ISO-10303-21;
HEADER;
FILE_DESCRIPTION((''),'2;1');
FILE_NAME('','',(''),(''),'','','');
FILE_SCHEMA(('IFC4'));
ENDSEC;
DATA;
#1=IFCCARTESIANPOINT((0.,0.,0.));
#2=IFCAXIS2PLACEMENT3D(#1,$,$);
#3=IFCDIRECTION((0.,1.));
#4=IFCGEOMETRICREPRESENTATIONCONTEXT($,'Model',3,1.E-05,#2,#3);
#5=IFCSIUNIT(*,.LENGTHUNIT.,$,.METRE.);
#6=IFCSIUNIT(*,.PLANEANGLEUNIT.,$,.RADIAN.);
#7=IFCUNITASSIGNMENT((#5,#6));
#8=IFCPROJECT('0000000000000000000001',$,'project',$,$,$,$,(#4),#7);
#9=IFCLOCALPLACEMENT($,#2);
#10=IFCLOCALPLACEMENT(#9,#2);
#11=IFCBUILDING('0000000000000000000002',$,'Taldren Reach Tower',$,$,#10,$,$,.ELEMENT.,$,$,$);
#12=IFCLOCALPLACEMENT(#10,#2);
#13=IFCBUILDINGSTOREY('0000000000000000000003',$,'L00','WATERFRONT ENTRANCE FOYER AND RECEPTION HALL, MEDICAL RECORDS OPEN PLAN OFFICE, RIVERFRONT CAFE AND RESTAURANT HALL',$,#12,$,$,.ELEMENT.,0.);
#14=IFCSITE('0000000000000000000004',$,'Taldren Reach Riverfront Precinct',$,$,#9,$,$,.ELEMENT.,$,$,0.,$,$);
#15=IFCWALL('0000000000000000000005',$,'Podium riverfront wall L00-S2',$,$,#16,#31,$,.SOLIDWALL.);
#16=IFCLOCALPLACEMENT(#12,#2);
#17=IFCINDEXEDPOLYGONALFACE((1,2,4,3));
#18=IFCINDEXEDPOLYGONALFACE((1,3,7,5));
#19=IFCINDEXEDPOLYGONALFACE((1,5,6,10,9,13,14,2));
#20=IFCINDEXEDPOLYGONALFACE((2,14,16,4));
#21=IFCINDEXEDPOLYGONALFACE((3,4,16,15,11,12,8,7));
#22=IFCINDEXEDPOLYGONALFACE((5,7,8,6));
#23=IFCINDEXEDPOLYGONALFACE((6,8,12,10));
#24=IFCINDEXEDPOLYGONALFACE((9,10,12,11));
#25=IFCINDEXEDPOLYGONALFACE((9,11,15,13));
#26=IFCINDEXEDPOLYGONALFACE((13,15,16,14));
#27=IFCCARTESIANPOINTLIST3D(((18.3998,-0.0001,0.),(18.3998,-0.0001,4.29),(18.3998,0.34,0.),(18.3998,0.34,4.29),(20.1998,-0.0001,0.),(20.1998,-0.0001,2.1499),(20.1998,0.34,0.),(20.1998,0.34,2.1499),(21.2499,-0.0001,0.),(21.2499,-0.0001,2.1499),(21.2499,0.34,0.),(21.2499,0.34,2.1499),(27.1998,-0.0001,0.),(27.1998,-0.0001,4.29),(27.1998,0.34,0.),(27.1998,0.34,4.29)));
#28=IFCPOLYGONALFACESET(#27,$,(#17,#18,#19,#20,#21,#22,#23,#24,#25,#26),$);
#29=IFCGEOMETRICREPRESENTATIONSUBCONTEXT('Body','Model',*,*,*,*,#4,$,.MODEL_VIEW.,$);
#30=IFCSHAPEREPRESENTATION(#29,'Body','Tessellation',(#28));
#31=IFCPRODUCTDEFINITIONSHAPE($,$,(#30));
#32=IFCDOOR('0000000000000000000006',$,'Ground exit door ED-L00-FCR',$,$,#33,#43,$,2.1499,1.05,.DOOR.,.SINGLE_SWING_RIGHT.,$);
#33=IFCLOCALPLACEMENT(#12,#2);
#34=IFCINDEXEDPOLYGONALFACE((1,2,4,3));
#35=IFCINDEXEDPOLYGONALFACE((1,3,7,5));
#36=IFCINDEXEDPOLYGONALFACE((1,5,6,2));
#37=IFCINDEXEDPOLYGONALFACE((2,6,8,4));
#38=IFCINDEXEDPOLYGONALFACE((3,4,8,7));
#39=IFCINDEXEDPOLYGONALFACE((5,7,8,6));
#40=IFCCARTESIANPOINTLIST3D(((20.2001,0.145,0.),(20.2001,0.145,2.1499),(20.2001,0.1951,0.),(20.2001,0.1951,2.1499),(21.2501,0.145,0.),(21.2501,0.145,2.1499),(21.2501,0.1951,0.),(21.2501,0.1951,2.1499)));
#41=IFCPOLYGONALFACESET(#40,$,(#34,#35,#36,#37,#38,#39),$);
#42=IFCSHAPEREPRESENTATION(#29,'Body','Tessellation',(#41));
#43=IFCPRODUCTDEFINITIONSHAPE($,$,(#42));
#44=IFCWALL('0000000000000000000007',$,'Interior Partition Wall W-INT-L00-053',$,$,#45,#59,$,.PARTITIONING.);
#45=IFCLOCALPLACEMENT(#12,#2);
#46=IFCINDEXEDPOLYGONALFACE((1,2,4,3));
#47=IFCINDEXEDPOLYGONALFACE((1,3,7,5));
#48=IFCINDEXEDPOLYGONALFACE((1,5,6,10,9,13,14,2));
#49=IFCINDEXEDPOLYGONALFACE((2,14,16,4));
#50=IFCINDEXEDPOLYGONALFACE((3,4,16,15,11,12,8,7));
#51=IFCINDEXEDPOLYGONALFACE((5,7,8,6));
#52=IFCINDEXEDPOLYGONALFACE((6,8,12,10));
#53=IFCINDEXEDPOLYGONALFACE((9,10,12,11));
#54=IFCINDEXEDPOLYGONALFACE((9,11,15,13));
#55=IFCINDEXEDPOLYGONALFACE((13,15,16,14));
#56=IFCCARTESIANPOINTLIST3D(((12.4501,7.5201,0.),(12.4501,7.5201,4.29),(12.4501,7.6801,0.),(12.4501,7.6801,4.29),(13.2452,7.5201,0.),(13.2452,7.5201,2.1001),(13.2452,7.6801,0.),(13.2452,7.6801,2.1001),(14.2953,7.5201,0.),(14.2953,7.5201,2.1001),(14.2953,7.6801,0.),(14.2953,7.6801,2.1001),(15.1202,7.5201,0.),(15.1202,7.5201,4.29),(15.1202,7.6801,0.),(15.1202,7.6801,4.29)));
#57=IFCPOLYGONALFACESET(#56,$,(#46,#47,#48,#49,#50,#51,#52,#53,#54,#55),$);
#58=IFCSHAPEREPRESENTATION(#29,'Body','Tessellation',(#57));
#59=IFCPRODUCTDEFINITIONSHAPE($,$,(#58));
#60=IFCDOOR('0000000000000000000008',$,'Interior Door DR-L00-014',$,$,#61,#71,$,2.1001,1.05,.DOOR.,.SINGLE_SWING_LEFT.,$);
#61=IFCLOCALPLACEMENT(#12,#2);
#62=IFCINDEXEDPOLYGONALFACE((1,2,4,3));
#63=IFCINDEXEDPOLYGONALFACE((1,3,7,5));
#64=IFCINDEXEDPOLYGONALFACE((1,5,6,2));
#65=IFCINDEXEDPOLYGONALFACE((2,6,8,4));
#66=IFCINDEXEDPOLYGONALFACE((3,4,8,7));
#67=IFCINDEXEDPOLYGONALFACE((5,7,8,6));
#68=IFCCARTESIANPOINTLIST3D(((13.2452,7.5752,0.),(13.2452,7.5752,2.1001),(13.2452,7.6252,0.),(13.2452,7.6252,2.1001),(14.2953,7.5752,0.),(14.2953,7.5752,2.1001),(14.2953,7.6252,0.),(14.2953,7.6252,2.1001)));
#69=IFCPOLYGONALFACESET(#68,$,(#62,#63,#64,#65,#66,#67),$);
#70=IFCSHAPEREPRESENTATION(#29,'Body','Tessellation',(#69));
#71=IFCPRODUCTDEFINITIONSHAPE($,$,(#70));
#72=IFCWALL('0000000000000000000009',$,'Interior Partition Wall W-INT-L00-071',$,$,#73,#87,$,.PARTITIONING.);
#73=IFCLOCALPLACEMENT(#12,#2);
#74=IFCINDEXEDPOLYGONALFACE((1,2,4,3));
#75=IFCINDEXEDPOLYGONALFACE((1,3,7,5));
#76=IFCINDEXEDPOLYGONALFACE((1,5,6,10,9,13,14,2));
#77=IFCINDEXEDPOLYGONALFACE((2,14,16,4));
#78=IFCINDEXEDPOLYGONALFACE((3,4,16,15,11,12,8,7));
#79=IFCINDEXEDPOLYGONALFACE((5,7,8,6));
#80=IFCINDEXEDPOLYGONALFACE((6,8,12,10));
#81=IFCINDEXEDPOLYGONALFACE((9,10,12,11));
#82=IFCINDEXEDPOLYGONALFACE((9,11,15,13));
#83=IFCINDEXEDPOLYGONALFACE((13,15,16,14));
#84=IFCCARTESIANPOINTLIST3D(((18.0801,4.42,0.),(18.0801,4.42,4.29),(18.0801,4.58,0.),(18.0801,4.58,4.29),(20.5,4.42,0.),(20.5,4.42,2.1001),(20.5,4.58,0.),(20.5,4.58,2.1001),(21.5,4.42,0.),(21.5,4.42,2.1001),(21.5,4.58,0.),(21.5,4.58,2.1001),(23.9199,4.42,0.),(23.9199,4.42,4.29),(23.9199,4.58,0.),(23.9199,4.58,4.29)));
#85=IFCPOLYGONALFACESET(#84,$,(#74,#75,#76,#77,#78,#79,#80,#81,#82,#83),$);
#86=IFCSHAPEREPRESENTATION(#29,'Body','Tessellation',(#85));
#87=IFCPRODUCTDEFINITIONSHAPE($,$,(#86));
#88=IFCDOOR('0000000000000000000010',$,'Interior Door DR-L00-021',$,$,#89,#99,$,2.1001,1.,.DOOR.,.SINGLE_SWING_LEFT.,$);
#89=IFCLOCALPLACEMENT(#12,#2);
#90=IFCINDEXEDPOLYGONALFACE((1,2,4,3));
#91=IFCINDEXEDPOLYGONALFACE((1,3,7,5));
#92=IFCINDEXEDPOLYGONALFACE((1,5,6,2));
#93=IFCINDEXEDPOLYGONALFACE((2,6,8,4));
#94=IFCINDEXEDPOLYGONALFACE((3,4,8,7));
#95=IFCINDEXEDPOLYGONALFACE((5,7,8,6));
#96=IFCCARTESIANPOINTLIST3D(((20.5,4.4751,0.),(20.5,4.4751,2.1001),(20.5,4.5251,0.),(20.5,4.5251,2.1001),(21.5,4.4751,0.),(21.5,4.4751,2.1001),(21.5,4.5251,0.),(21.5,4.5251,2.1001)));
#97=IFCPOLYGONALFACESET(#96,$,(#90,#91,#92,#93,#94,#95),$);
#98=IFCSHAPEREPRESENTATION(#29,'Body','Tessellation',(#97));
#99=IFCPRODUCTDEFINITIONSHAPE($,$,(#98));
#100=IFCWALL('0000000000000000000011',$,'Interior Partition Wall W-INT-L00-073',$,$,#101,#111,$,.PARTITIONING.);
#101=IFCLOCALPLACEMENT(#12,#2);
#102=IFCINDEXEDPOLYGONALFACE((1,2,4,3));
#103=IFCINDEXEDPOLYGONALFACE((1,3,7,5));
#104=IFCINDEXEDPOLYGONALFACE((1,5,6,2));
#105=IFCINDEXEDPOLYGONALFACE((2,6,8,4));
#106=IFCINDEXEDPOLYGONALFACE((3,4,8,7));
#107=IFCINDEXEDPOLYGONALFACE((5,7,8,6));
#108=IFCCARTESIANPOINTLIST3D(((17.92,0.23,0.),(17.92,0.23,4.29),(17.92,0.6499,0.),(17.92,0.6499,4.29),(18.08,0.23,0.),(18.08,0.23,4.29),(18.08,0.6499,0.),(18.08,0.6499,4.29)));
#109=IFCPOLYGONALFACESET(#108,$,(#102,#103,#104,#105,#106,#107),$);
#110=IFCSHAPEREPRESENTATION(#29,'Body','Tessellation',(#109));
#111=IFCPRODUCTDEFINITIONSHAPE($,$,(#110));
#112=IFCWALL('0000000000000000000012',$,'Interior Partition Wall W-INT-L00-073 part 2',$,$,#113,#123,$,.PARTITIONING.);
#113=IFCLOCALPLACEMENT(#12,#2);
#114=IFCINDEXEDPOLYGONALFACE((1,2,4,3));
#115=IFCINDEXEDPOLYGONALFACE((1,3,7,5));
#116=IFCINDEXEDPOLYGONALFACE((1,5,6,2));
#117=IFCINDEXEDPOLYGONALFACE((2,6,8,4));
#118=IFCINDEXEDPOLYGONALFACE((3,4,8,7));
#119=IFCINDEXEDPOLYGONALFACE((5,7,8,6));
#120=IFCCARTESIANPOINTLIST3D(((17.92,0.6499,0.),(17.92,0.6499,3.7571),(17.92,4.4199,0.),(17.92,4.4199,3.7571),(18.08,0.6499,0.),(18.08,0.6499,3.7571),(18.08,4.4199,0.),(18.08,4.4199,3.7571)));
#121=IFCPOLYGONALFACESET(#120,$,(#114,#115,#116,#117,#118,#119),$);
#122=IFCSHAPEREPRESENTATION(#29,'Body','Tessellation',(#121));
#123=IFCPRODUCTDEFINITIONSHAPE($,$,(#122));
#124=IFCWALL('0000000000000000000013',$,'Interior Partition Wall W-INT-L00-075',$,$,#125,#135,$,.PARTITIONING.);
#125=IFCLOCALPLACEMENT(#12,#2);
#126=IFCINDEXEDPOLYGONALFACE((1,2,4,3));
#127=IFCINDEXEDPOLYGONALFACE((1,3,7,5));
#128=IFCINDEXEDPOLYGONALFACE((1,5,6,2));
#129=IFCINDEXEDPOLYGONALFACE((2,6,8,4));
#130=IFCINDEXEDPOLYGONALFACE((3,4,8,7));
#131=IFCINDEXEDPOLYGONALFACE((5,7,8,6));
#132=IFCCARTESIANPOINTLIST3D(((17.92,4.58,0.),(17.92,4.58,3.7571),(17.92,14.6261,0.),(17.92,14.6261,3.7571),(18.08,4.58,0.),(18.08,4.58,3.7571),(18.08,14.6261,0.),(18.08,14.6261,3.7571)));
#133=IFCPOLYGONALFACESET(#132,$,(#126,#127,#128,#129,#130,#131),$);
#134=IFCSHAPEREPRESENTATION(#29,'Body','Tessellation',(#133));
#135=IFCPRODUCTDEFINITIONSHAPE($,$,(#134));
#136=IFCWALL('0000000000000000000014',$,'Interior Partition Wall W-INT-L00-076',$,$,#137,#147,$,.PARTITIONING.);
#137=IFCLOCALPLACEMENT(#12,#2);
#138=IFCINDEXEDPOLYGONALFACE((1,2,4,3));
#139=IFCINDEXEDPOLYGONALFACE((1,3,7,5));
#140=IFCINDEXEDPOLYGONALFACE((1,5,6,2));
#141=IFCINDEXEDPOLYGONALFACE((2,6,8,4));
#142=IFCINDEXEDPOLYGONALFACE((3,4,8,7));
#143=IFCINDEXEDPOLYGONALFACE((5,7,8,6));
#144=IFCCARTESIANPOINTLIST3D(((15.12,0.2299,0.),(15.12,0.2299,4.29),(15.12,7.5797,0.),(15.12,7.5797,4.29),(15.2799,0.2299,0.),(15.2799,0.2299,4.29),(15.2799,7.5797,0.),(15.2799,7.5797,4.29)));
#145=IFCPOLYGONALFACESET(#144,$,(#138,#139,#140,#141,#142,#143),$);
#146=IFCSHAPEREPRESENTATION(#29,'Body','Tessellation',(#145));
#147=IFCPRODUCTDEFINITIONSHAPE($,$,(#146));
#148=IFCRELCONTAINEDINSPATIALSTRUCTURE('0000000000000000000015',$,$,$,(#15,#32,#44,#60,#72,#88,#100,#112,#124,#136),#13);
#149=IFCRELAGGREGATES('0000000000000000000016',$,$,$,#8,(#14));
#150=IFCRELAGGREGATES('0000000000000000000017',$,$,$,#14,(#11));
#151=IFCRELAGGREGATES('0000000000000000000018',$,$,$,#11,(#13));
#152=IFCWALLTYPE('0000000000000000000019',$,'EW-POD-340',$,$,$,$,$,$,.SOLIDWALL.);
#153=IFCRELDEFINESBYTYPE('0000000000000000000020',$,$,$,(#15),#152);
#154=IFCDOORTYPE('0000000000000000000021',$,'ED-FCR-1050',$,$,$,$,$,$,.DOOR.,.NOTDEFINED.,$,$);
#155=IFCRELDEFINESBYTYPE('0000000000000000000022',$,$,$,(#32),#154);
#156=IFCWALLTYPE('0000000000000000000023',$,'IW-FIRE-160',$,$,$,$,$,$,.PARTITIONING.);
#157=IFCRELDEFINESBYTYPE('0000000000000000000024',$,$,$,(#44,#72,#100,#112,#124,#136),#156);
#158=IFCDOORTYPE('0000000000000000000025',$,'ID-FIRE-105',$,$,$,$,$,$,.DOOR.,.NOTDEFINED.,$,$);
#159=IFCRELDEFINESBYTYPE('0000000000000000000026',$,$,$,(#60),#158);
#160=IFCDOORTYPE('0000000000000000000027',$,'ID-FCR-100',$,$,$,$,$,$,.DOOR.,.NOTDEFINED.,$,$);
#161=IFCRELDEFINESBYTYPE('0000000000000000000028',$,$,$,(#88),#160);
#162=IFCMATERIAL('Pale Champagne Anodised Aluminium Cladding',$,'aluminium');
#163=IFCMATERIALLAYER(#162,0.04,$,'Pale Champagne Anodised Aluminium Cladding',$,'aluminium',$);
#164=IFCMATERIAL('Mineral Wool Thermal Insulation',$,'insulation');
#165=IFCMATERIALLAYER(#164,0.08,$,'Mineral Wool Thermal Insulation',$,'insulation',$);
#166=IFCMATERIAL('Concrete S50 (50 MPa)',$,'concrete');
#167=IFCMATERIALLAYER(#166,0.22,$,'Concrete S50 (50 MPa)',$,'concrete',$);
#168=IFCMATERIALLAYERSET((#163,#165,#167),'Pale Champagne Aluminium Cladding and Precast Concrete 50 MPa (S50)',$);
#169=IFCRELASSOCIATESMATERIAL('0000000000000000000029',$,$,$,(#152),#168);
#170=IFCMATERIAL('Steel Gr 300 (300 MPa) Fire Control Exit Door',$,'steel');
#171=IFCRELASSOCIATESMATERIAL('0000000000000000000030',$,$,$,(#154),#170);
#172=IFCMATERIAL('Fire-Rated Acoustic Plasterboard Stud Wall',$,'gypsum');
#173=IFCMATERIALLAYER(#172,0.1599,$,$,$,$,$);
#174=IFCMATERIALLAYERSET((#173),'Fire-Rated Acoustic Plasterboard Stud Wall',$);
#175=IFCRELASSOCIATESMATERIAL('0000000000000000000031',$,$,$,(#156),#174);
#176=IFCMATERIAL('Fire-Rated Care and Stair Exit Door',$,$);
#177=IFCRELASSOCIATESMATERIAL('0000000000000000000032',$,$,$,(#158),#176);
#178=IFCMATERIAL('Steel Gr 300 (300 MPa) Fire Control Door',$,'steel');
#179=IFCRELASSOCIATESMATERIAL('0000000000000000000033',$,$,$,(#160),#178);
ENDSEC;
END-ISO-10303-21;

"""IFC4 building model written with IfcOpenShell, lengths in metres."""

from ifc_helpers import new_model, si_unit, direction, frame, frame_2d, origin, place, context, subcontext, project, spatial, rectangle, extrude, source, transform, mapped, material, layer, layer_set, type_object, element, fill, save


model = new_model("IFC4")

# Units and contexts
model_context = context("Model", 3, precision=1e-05, world=origin(), true_north=direction((0.0, 1.0)))
body_context = subcontext(model_context, "Body", "Model", "MODEL_VIEW")
ifc_project = project(units=[si_unit("LENGTHUNIT", "METRE"), si_unit("PLANEANGLEUNIT", "RADIAN")], contexts=[model_context])

# Site, building, storey
site_placement = place(None, origin())
site = spatial("IfcSite", under=ifc_project, at=site_placement, Name="Taldren Reach Riverfront Precinct", CompositionType="ELEMENT", RefElevation=0.0)
building_placement = place(site_placement, origin())
building = spatial("IfcBuilding", under=site, at=building_placement, Name="Taldren Reach Tower", CompositionType="ELEMENT")
storey_placement = place(building_placement, origin())
storey = spatial("IfcBuildingStorey", under=building, at=storey_placement, Name="L00", Description="WATERFRONT ENTRANCE FOYER AND RECEPTION HALL, MEDICAL RECORDS OPEN PLAN OFFICE, RIVERFRONT CAFE AND RESTAURANT HALL", CompositionType="ELEMENT", Elevation=0.0)

# Shared definitions
ifc_material_1 = material(Name="Concrete S50 (50 MPa)", Category="concrete")

# Walls, openings, doors
ifc_material_2 = material(Name="Pale Champagne Anodised Aluminium Cladding", Category="aluminium")
ifc_layer_1 = layer(ifc_material_2, 0.04, Name="Pale Champagne Anodised Aluminium Cladding", Category="aluminium")
ifc_material_3 = material(Name="Mineral Wool Thermal Insulation", Category="insulation")
ifc_layer_2 = layer(ifc_material_3, 0.08, Name="Mineral Wool Thermal Insulation", Category="insulation")
ifc_layer_3 = layer(ifc_material_1, 0.22, Name="Concrete S50 (50 MPa)", Category="concrete")
ifc_layer_set_1 = layer_set([ifc_layer_1, ifc_layer_2, ifc_layer_3], Name="Pale Champagne Aluminium Cladding and Precast Concrete 50 MPa (S50)")
wall_type_1 = type_object("IfcWallType", Name="EW-POD-340", PredefinedType="SOLIDWALL", material=ifc_layer_set_1)
shared_shape_1 = source(origin(), body_context, "Body", "SweptSolid", [
    extrude(rectangle(XDim=8.8, YDim=0.3401, at=frame_2d((4.3999, 0.0))), origin(), (0.0, 0.0, 1.0), 4.29),
])
wall_1_placement = place(storey_placement, frame((18.3999, 0.1699, 0.0), z_axis=(0.0, 0.0, 1.0), x_axis=(1.0, 0.0, 0.0)))
wall_1 = element("IfcWall", 1, at=wall_1_placement, inside=storey, type_object=wall_type_1, Name="Podium riverfront wall L00-S2", PredefinedType="SOLIDWALL", context=body_context, shape_type="MappedRepresentation", body=[
    mapped(shared_shape_1, transform((0.0, 0.0, 0.0), scale=1.0)),
])
shared_shape_2 = source(origin(), body_context, "Body", "SweptSolid", [
    extrude(rectangle(XDim=1.05, YDim=2.1499, at=frame_2d((0.5249, 1.075))), frame((0.0, 0.1802, 0.0), z_axis=(0.0, -1.0, 0.0), x_axis=(1.0, 0.0, 0.0)), (0.0, 0.0, 1.0), 0.3601),
])
opening_1_placement = place(wall_1_placement, frame((1.8, 0.0, 0.0)))
opening_1 = element("IfcOpeningElement", 2, at=opening_1_placement, cuts=wall_1, PredefinedType="OPENING", context=body_context, shape_type="MappedRepresentation", body=[
    mapped(shared_shape_2, transform((0.0, 0.0, 0.0), scale=1.0)),
])
ifc_material_4 = material(Name="Steel Gr 300 (300 MPa) Fire Control Exit Door", Category="steel")
door_type_1 = type_object("IfcDoorType", Name="ED-FCR-1050", OperationType="NOTDEFINED", PredefinedType="DOOR", material=ifc_material_4)
shared_shape_3 = source(origin(), body_context, "Body", "SweptSolid", [
    extrude(rectangle(XDim=1.05, YDim=2.1499, at=frame_2d((0.5249, 1.075))), frame((0.0, 0.0249, 0.0), z_axis=(0.0, -1.0, 0.0), x_axis=(1.0, 0.0, 0.0)), (0.0, 0.0, 1.0), 0.05),
])
door_1_placement = place(opening_1_placement, frame((1.05, 0.0, 0.0), z_axis=(0.0, 0.0, 1.0), x_axis=(-1.0, 0.0, 0.0)))
door_1 = element("IfcDoor", 3, at=door_1_placement, inside=storey, type_object=door_type_1, Name="Ground exit door ED-L00-FCR", OperationType="SINGLE_SWING_RIGHT", OverallHeight=2.1499, OverallWidth=1.05, PredefinedType="DOOR", context=body_context, shape_type="MappedRepresentation", body=[
    mapped(shared_shape_3, transform((0.0, 0.0, 0.0), scale=1.0)),
])
fill(opening_1, door_1)
ifc_material_5 = material(Name="Fire-Rated Acoustic Plasterboard Stud Wall", Category="gypsum")
ifc_layer_4 = layer(ifc_material_5, 0.1599)
ifc_layer_set_2 = layer_set([ifc_layer_4], Name="Fire-Rated Acoustic Plasterboard Stud Wall")
wall_type_2 = type_object("IfcWallType", Name="IW-FIRE-160", PredefinedType="PARTITIONING", material=ifc_layer_set_2)
shared_shape_4 = source(origin(), body_context, "Body", "SweptSolid", [
    extrude(rectangle(XDim=2.6702, YDim=0.1599, at=frame_2d((1.335, 0.0))), origin(), (0.0, 0.0, 1.0), 4.29),
])
wall_2_placement = place(storey_placement, frame((15.1201, 7.6001, 0.0), z_axis=(0.0, 0.0, 1.0), x_axis=(-1.0, 0.0, 0.0)))
wall_2 = element("IfcWall", 4, at=wall_2_placement, inside=storey, type_object=wall_type_2, Name="Interior Partition Wall W-INT-L00-053", PredefinedType="PARTITIONING", context=body_context, shape_type="MappedRepresentation", body=[
    mapped(shared_shape_4, transform((0.0, 0.0, 0.0), scale=1.0)),
])
shared_shape_5 = source(origin(), body_context, "Body", "SweptSolid", [
    extrude(rectangle(XDim=1.05, YDim=2.1001, at=frame_2d((0.5249, 1.05))), frame((0.0, 0.0898, 0.0), z_axis=(0.0, -1.0, 0.0), x_axis=(1.0, 0.0, 0.0)), (0.0, 0.0, 1.0), 0.1799),
])
opening_2_placement = place(wall_2_placement, frame((0.825, 0.0, 0.0)))
opening_2 = element("IfcOpeningElement", 5, at=opening_2_placement, cuts=wall_2, PredefinedType="OPENING", context=body_context, shape_type="MappedRepresentation", body=[
    mapped(shared_shape_5, transform((0.0, 0.0, 0.0), scale=1.0)),
])
ifc_material_6 = material(Name="Fire-Rated Care and Stair Exit Door")
door_type_2 = type_object("IfcDoorType", Name="ID-FIRE-105", OperationType="NOTDEFINED", PredefinedType="DOOR", material=ifc_material_6)
shared_shape_6 = source(origin(), body_context, "Body", "SweptSolid", [
    extrude(rectangle(XDim=1.05, YDim=2.1001, at=frame_2d((0.5249, 1.05))), frame((0.0, 0.0249, 0.0), z_axis=(0.0, -1.0, 0.0), x_axis=(1.0, 0.0, 0.0)), (0.0, 0.0, 1.0), 0.05),
])
door_2_placement = place(opening_2_placement, origin())
door_2 = element("IfcDoor", 6, at=door_2_placement, inside=storey, type_object=door_type_2, Name="Interior Door DR-L00-014", OperationType="SINGLE_SWING_LEFT", OverallHeight=2.1001, OverallWidth=1.05, PredefinedType="DOOR", context=body_context, shape_type="MappedRepresentation", body=[
    mapped(shared_shape_6, transform((0.0, 0.0, 0.0), scale=1.0)),
])
fill(opening_2, door_2)
shared_shape_7 = source(origin(), body_context, "Body", "SweptSolid", [
    extrude(rectangle(XDim=5.8398, YDim=0.1599, at=frame_2d((2.9199, 0.0))), origin(), (0.0, 0.0, 1.0), 4.29),
])
wall_3_placement = place(storey_placement, frame((18.0801, 4.5, 0.0), z_axis=(0.0, 0.0, 1.0), x_axis=(1.0, 0.0, 0.0)))
wall_3 = element("IfcWall", 7, at=wall_3_placement, inside=storey, type_object=wall_type_2, Name="Interior Partition Wall W-INT-L00-071", PredefinedType="PARTITIONING", context=body_context, shape_type="MappedRepresentation", body=[
    mapped(shared_shape_7, transform((0.0, 0.0, 0.0), scale=1.0)),
])
shared_shape_8 = source(origin(), body_context, "Body", "SweptSolid", [
    extrude(rectangle(XDim=1.0, YDim=2.1001, at=frame_2d((0.5, 1.05))), frame((0.0, 0.0898, 0.0), z_axis=(0.0, -1.0, 0.0), x_axis=(1.0, 0.0, 0.0)), (0.0, 0.0, 1.0), 0.1799),
])
opening_3_placement = place(wall_3_placement, frame((2.4199, 0.0, 0.0)))
opening_3 = element("IfcOpeningElement", 8, at=opening_3_placement, cuts=wall_3, PredefinedType="OPENING", context=body_context, shape_type="MappedRepresentation", body=[
    mapped(shared_shape_8, transform((0.0, 0.0, 0.0), scale=1.0)),
])
ifc_material_7 = material(Name="Steel Gr 300 (300 MPa) Fire Control Door", Category="steel")
door_type_3 = type_object("IfcDoorType", Name="ID-FCR-100", OperationType="NOTDEFINED", PredefinedType="DOOR", material=ifc_material_7)
shared_shape_9 = source(origin(), body_context, "Body", "SweptSolid", [
    extrude(rectangle(XDim=1.0, YDim=2.1001, at=frame_2d((0.5, 1.05))), frame((0.0, 0.0249, 0.0), z_axis=(0.0, -1.0, 0.0), x_axis=(1.0, 0.0, 0.0)), (0.0, 0.0, 1.0), 0.05),
])
door_3_placement = place(opening_3_placement, frame((1.0, 0.0, 0.0), z_axis=(0.0, 0.0, 1.0), x_axis=(-1.0, 0.0, 0.0)))
door_3 = element("IfcDoor", 9, at=door_3_placement, inside=storey, type_object=door_type_3, Name="Interior Door DR-L00-021", OperationType="SINGLE_SWING_LEFT", OverallHeight=2.1001, OverallWidth=1.0, PredefinedType="DOOR", context=body_context, shape_type="MappedRepresentation", body=[
    mapped(shared_shape_9, transform((0.0, 0.0, 0.0), scale=1.0)),
])
fill(opening_3, door_3)

# Walls
shared_shape_10 = source(origin(), body_context, "Body", "SweptSolid", [
    extrude(rectangle(XDim=0.4199, YDim=0.1599, at=frame_2d((0.21, 0.0))), origin(), (0.0, 0.0, 1.0), 4.29),
])
wall_4_placement = place(storey_placement, frame((18.0, 0.23, 0.0), z_axis=(0.0, 0.0, 1.0), x_axis=(0.0, 1.0, 0.0)))
element("IfcWall", 10, at=wall_4_placement, inside=storey, type_object=wall_type_2, Name="Interior Partition Wall W-INT-L00-073", PredefinedType="PARTITIONING", context=body_context, shape_type="MappedRepresentation", body=[
    mapped(shared_shape_10, transform((0.0, 0.0, 0.0), scale=1.0)),
])
shared_shape_11 = source(origin(), body_context, "Body", "SweptSolid", [
    extrude(rectangle(XDim=3.77, YDim=0.1599, at=frame_2d((1.885, 0.0))), origin(), (0.0, 0.0, 1.0), 3.7571),
])
wall_5_placement = place(storey_placement, frame((18.0, 0.6499, 0.0), z_axis=(0.0, 0.0, 1.0), x_axis=(0.0, 1.0, 0.0)))
element("IfcWall", 11, at=wall_5_placement, inside=storey, type_object=wall_type_2, Name="Interior Partition Wall W-INT-L00-073 part 2", PredefinedType="PARTITIONING", context=body_context, shape_type="MappedRepresentation", body=[
    mapped(shared_shape_11, transform((0.0, 0.0, 0.0), scale=1.0)),
])
shared_shape_12 = source(origin(), body_context, "Body", "SweptSolid", [
    extrude(rectangle(XDim=10.0461, YDim=0.1599, at=frame_2d((5.0229, 0.0))), origin(), (0.0, 0.0, 1.0), 3.7571),
])
wall_6_placement = place(storey_placement, frame((18.0, 4.5801, 0.0), z_axis=(0.0, 0.0, 1.0), x_axis=(0.0, 1.0, 0.0)))
element("IfcWall", 12, at=wall_6_placement, inside=storey, type_object=wall_type_2, Name="Interior Partition Wall W-INT-L00-075", PredefinedType="PARTITIONING", context=body_context, shape_type="MappedRepresentation", body=[
    mapped(shared_shape_12, transform((0.0, 0.0, 0.0), scale=1.0)),
])
shared_shape_13 = source(origin(), body_context, "Body", "SweptSolid", [
    extrude(rectangle(XDim=7.3499, YDim=0.1599, at=frame_2d((3.6748, 0.0))), origin(), (0.0, 0.0, 1.0), 4.29),
])
wall_7_placement = place(storey_placement, frame((15.2, 0.23, 0.0), z_axis=(0.0, 0.0, 1.0), x_axis=(0.0, 1.0, 0.0)))
element("IfcWall", 13, at=wall_7_placement, inside=storey, type_object=wall_type_2, Name="Interior Partition Wall W-INT-L00-076", PredefinedType="PARTITIONING", context=body_context, shape_type="MappedRepresentation", body=[
    mapped(shared_shape_13, transform((0.0, 0.0, 0.0), scale=1.0)),
])

save(model, "model.ifc")
